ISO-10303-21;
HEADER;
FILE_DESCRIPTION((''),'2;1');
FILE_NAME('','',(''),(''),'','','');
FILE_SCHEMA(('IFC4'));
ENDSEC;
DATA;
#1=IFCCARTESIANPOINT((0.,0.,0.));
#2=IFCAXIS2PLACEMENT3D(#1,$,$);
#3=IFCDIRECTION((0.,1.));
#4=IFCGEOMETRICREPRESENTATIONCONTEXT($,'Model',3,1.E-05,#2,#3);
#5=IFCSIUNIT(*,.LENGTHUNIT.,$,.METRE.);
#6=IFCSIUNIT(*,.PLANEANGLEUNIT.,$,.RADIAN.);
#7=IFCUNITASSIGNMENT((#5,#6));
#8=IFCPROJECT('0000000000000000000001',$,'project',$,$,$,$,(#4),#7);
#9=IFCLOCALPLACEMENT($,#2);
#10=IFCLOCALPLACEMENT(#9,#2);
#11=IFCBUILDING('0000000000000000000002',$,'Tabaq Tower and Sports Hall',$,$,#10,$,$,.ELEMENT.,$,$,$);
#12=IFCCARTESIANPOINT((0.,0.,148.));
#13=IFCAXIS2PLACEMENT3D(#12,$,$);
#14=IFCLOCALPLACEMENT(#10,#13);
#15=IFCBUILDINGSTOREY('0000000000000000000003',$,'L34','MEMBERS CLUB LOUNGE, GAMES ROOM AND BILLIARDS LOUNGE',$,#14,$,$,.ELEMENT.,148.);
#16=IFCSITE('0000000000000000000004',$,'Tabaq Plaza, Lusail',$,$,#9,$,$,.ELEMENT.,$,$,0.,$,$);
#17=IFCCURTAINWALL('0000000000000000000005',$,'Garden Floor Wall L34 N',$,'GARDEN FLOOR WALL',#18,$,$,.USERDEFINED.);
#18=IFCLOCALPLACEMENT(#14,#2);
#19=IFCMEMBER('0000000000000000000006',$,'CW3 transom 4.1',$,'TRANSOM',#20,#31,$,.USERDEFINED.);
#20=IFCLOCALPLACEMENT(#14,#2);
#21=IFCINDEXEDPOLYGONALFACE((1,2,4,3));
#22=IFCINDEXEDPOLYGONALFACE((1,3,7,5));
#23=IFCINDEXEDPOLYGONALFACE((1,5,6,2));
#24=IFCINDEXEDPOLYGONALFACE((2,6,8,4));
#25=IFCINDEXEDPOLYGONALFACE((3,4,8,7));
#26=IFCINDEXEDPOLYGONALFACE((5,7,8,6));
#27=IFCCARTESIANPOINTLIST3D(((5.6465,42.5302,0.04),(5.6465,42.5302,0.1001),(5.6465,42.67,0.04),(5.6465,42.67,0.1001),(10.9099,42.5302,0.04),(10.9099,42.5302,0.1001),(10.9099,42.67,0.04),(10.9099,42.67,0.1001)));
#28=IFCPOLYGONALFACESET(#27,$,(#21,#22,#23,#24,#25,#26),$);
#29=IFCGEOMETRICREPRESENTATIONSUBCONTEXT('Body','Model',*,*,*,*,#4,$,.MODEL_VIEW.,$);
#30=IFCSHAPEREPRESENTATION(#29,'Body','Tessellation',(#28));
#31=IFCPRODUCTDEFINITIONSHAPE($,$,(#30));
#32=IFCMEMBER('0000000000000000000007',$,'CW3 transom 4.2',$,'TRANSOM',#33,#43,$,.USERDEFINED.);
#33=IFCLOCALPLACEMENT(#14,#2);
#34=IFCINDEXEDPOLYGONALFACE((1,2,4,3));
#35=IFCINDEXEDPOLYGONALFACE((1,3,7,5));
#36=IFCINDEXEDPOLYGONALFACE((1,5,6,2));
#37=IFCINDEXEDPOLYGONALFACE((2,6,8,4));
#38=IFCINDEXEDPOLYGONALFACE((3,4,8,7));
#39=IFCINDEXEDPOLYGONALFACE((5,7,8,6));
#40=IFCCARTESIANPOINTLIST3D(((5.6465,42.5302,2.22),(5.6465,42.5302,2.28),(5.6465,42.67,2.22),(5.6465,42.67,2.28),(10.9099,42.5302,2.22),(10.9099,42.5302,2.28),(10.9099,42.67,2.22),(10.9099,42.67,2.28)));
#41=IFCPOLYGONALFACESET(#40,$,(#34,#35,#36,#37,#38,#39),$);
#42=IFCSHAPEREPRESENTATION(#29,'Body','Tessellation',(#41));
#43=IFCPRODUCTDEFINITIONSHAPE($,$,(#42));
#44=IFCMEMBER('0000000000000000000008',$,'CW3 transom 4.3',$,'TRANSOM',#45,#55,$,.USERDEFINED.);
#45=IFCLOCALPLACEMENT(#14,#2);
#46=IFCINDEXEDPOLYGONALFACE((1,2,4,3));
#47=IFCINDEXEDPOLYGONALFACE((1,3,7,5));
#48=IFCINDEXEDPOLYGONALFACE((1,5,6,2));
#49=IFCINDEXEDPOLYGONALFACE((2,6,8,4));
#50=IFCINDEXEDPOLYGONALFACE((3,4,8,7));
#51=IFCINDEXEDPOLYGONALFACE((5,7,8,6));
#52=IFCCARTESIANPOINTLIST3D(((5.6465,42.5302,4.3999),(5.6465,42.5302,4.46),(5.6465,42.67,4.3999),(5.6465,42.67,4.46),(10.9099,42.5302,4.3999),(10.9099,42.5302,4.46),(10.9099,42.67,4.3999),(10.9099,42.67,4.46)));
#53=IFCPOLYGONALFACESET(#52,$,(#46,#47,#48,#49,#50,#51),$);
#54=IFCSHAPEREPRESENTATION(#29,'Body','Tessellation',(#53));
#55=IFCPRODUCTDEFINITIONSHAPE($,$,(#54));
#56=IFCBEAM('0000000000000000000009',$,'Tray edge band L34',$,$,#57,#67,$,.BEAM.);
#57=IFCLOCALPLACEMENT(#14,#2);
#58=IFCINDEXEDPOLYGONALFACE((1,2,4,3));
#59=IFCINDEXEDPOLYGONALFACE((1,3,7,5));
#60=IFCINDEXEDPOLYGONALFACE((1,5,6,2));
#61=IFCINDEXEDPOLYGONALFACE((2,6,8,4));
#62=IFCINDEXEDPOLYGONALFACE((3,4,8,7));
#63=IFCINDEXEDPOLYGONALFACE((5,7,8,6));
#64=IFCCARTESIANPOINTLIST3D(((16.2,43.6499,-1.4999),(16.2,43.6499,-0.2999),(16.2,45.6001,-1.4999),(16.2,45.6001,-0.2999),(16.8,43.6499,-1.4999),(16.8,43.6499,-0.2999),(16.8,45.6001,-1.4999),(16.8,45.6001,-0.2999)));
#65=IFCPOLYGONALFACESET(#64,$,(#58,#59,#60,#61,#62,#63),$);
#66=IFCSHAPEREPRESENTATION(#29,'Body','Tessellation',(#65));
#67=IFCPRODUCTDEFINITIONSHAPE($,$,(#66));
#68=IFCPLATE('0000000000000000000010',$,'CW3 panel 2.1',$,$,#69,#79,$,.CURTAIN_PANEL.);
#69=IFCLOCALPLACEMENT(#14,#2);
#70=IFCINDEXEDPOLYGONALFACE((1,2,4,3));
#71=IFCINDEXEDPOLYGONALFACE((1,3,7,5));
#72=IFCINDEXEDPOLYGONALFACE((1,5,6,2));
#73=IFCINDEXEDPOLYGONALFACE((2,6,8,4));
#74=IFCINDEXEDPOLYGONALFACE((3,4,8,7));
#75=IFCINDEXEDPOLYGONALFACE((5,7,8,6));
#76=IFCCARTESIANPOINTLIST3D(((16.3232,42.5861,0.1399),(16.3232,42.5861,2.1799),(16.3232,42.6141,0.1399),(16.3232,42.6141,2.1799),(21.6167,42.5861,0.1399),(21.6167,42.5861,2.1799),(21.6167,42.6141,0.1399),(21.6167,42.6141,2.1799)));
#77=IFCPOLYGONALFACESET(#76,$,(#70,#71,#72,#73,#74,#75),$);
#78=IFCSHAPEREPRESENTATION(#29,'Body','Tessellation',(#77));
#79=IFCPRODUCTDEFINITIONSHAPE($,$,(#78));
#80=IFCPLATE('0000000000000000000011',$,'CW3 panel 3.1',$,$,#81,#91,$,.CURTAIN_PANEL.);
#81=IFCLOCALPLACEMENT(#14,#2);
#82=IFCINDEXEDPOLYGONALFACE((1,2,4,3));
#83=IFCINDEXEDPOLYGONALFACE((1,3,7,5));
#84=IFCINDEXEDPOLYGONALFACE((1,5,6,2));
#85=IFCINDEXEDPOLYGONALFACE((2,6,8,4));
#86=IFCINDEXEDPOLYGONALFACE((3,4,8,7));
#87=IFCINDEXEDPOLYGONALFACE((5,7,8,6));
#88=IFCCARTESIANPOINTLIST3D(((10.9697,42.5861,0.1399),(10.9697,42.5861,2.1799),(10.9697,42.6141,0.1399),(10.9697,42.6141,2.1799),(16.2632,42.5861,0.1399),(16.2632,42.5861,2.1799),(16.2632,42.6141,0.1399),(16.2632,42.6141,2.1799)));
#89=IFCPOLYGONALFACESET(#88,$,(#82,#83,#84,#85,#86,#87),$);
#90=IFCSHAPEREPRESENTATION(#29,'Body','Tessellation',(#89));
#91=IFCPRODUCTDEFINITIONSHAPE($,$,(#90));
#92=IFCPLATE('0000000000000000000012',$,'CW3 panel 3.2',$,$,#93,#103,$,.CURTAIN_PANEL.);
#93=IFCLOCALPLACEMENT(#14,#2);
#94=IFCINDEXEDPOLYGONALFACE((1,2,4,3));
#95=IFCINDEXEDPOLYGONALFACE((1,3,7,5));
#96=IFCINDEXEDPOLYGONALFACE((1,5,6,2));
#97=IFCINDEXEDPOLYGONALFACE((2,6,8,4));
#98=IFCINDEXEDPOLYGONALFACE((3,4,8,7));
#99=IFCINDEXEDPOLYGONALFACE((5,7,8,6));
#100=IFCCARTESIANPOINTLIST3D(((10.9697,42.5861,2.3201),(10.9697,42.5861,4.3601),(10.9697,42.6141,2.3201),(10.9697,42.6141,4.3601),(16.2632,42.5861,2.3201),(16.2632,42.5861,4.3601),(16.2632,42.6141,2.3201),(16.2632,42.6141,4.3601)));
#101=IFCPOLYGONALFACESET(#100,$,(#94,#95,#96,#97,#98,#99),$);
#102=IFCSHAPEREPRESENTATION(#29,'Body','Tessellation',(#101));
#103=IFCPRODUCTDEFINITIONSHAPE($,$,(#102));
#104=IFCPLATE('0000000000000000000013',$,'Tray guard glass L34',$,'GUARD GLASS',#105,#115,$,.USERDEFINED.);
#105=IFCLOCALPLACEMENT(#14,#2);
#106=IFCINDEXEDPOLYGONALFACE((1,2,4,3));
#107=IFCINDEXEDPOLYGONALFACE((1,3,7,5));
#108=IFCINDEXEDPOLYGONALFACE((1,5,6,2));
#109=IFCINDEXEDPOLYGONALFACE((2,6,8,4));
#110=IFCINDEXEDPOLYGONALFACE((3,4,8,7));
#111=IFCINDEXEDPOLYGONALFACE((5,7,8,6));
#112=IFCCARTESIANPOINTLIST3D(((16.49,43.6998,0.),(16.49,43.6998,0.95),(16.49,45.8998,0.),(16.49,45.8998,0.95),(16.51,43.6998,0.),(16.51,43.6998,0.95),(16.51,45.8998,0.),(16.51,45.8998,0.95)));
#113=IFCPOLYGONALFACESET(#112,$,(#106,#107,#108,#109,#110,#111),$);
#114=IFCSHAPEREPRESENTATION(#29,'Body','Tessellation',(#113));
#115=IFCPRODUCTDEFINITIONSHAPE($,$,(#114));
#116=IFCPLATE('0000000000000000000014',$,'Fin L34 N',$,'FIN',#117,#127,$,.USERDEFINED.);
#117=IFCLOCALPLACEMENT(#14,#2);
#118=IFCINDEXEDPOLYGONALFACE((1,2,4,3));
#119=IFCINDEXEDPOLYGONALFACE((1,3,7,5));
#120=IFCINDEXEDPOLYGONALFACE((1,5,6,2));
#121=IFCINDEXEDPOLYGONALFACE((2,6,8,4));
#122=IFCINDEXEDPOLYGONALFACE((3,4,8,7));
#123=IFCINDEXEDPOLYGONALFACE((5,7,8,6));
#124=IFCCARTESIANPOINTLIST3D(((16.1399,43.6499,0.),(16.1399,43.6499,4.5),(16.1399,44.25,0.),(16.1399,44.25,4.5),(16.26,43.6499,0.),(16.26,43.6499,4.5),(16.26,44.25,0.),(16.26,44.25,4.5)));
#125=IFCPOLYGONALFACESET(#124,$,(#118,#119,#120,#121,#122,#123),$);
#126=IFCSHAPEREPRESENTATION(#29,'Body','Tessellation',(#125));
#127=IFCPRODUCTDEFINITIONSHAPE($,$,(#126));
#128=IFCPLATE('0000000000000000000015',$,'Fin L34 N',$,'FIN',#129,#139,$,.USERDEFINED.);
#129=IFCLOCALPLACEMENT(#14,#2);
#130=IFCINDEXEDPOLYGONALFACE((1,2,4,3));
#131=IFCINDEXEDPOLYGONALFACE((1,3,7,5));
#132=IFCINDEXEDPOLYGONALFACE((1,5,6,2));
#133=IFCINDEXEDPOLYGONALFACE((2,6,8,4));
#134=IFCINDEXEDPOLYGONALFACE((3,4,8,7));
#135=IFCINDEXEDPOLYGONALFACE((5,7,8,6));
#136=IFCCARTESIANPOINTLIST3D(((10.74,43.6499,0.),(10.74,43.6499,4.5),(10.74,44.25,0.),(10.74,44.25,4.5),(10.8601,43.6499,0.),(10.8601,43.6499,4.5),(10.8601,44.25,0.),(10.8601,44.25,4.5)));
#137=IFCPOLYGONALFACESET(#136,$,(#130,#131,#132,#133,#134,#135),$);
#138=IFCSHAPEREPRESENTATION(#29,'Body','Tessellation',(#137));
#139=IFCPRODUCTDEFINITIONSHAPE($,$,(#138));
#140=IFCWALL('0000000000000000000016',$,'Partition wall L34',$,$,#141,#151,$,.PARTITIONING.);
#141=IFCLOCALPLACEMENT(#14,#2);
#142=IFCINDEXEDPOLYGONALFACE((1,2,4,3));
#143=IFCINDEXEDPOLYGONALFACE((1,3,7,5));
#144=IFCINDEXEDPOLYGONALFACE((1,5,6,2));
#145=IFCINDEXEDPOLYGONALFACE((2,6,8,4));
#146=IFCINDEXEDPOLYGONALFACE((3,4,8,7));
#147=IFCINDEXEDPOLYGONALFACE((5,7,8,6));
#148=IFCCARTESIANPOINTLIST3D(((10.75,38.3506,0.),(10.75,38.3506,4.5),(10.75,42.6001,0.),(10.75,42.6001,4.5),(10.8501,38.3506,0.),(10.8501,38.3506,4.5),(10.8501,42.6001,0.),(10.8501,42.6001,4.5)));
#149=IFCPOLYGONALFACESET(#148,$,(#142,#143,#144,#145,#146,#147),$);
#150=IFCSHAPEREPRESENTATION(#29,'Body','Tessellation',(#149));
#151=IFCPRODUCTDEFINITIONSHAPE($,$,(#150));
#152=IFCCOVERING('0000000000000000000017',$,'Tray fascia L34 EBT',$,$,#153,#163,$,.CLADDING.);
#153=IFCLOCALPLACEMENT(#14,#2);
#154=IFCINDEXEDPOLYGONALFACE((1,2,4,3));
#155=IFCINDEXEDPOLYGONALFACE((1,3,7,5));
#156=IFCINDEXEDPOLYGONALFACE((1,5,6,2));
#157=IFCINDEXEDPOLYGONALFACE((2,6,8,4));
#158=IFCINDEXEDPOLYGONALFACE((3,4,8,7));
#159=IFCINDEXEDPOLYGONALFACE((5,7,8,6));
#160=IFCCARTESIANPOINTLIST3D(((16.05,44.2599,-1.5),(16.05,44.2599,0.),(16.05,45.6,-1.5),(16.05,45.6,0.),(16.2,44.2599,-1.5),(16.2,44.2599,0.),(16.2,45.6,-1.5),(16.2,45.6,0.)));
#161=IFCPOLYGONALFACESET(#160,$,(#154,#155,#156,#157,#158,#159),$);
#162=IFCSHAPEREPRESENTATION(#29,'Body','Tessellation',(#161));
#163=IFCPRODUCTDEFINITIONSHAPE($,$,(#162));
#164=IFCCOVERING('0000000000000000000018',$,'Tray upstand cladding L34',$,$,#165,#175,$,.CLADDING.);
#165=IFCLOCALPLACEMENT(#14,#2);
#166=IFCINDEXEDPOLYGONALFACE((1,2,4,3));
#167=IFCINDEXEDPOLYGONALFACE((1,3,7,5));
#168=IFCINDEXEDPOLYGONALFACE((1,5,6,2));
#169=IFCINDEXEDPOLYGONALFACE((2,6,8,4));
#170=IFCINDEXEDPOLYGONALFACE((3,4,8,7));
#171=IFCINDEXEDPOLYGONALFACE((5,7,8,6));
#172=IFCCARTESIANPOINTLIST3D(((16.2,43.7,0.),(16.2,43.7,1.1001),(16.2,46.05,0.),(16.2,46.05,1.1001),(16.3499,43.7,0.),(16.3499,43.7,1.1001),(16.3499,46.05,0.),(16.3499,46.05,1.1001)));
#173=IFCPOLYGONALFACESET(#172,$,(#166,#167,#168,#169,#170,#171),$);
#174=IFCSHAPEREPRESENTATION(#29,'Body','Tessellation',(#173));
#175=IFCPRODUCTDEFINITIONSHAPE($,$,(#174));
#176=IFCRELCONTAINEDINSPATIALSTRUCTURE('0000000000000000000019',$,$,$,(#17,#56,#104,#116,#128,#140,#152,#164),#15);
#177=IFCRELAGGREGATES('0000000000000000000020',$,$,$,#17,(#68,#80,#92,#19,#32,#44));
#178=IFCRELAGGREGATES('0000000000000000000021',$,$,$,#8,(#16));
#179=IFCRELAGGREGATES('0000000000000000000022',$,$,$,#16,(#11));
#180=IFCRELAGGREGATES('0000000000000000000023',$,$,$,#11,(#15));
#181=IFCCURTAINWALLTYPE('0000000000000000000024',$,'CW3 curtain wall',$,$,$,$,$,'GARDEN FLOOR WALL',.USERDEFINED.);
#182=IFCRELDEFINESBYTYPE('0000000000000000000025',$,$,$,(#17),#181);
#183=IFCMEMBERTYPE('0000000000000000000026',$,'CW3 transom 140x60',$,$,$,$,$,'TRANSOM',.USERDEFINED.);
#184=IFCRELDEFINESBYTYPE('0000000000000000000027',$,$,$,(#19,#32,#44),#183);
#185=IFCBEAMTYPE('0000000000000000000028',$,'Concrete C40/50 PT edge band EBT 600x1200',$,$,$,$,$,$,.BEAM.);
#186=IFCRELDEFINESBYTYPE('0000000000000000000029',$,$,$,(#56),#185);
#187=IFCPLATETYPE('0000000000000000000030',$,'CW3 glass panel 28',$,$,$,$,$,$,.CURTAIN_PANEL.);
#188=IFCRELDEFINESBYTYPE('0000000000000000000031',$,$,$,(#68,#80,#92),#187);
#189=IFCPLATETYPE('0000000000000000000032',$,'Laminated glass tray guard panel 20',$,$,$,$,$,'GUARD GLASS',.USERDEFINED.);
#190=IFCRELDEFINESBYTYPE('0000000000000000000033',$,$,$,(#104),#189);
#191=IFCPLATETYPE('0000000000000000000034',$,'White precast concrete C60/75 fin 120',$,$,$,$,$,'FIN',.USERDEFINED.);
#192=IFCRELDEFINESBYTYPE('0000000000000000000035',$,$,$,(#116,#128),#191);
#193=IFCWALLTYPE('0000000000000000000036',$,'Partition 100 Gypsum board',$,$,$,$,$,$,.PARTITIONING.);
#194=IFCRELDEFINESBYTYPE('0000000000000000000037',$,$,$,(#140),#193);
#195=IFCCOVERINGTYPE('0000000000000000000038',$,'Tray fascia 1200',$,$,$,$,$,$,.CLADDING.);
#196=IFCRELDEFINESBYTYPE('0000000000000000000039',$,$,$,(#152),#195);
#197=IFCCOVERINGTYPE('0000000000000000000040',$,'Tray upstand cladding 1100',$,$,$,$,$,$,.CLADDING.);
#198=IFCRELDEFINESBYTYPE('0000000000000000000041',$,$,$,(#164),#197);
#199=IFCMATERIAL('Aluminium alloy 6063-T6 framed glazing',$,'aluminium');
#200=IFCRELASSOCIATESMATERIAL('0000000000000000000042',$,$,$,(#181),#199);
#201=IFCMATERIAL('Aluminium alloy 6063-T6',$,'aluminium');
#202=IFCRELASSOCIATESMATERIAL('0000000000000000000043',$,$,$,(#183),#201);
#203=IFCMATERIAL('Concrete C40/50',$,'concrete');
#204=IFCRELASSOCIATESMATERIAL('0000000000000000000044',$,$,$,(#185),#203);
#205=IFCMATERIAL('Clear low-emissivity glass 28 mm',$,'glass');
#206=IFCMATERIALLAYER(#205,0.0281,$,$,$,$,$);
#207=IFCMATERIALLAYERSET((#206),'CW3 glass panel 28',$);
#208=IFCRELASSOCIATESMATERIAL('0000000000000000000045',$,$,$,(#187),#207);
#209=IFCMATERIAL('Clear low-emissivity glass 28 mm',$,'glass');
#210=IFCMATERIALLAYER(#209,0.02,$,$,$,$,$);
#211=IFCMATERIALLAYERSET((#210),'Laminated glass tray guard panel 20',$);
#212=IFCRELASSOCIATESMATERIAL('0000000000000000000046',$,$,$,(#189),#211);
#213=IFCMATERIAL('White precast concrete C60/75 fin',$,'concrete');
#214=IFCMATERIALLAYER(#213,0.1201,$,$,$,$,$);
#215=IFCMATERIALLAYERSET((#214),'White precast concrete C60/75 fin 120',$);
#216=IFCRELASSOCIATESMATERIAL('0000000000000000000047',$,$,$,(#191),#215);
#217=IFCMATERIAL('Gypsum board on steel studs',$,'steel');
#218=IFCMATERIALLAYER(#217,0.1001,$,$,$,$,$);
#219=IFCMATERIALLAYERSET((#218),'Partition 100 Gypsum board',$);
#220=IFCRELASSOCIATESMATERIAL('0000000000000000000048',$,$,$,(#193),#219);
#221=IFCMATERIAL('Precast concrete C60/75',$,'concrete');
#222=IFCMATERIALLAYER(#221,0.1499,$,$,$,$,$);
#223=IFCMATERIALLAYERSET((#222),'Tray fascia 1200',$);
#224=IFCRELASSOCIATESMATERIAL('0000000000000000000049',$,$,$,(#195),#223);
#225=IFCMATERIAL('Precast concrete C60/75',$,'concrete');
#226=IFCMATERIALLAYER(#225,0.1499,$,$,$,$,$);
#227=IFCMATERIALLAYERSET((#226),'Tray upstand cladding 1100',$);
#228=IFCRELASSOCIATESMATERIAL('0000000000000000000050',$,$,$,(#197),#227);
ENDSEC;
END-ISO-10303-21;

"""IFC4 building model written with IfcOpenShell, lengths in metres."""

from ifc_helpers import new_model, si_unit, direction, frame, frame_2d, origin, origin_2d, place, context, subcontext, project, spatial, rectangle, extrude, material, layer, layer_set, material_profile, profile_set, type_object, element, aggregate, save


model = new_model("IFC4")

# Units and contexts
model_context = context("Model", 3, precision=1e-05, world=origin(), true_north=direction((0.0, 1.0)))
body_context = subcontext(model_context, "Body", "Model", "MODEL_VIEW")
ifc_project = project(units=[si_unit("LENGTHUNIT", "METRE"), si_unit("PLANEANGLEUNIT", "RADIAN")], contexts=[model_context])

# Site, building, storey
site_placement = place(None, origin())
site = spatial("IfcSite", under=ifc_project, at=site_placement, Name="Tabaq Plaza, Lusail", CompositionType="ELEMENT", RefElevation=0.0)
building_placement = place(site_placement, origin())
building = spatial("IfcBuilding", under=site, at=building_placement, Name="Tabaq Tower and Sports Hall", CompositionType="ELEMENT")
storey_placement = place(building_placement, frame((0.0, 0.0, 148.0)))
storey = spatial("IfcBuildingStorey", under=building, at=storey_placement, Name="L34", Description="MEMBERS CLUB LOUNGE, GAMES ROOM AND BILLIARDS LOUNGE", CompositionType="ELEMENT", Elevation=148.0)

# Curtain wall, members
ifc_material_1 = material(Name="Aluminium alloy 6063-T6 framed glazing", Category="aluminium")
curtain_wall_type_1 = type_object("IfcCurtainWallType", Name="CW3 curtain wall", ElementType="GARDEN FLOOR WALL", PredefinedType="USERDEFINED", material=ifc_material_1)
curtain_wall_1_placement = place(storey_placement, origin())
curtain_wall_1 = element("IfcCurtainWall", 1, at=curtain_wall_1_placement, inside=storey, type_object=curtain_wall_type_1, Name="Garden Floor Wall L34 N", ObjectType="GARDEN FLOOR WALL", PredefinedType="USERDEFINED")
ifc_material_2 = material(Name="Aluminium alloy 6063-T6", Category="aluminium")
ifc_material_profile_1 = material_profile(ifc_material_2, rectangle(XDim=0.1399, YDim=0.0601, at=origin_2d()), Name="TRANSOM 140x60")
ifc_profile_set_1 = profile_set([ifc_material_profile_1], Name="Aluminium alloy 6063-T6")
member_type_1 = type_object("IfcMemberType", Name="CW3 transom 140x60", ElementType="TRANSOM", PredefinedType="USERDEFINED", material=ifc_profile_set_1)
member_1_placement = place(storey_placement, frame((10.9099, 42.6001, 0.0701), z_axis=(-1.0, 0.0, 0.0), x_axis=(0.0, -1.0, 0.0)))
member_1 = element("IfcMember", 2, at=member_1_placement, type_object=member_type_1, Name="CW3 transom 4.1", ObjectType="TRANSOM", PredefinedType="USERDEFINED", context=body_context, shape_type="SweptSolid", body=[
    extrude(rectangle(XDim=0.1399, YDim=0.0601, at=origin_2d()), origin(), (0.0, 0.0, 1.0), 5.2634),
])
member_2_placement = place(storey_placement, frame((10.9099, 42.6001, 2.25), z_axis=(-1.0, 0.0, 0.0), x_axis=(0.0, -1.0, 0.0)))
member_2 = element("IfcMember", 3, at=member_2_placement, type_object=member_type_1, Name="CW3 transom 4.2", ObjectType="TRANSOM", PredefinedType="USERDEFINED", context=body_context, shape_type="SweptSolid", body=[
    extrude(rectangle(XDim=0.1399, YDim=0.0601, at=origin_2d()), origin(), (0.0, 0.0, 1.0), 5.2634),
])
member_3_placement = place(storey_placement, frame((10.9099, 42.6001, 4.4299), z_axis=(-1.0, 0.0, 0.0), x_axis=(0.0, -1.0, 0.0)))
member_3 = element("IfcMember", 4, at=member_3_placement, type_object=member_type_1, Name="CW3 transom 4.3", ObjectType="TRANSOM", PredefinedType="USERDEFINED", context=body_context, shape_type="SweptSolid", body=[
    extrude(rectangle(XDim=0.1399, YDim=0.0601, at=origin_2d()), origin(), (0.0, 0.0, 1.0), 5.2634),
])

# Beam
ifc_material_3 = material(Name="Concrete C40/50", Category="concrete")
ifc_material_profile_2 = material_profile(ifc_material_3, rectangle(XDim=0.6001, YDim=1.2, at=origin_2d()), Name="EBT 600x1200")
ifc_profile_set_2 = profile_set([ifc_material_profile_2], Name="Concrete C40/50")
beam_type = type_object("IfcBeamType", Name="Concrete C40/50 PT edge band EBT 600x1200", PredefinedType="BEAM", material=ifc_profile_set_2)
beam_placement = place(storey_placement, frame((16.5, 43.6499, -0.8999), z_axis=(0.0, 1.0, 0.0), x_axis=(-1.0, 0.0, 0.0)))
element("IfcBeam", 5, at=beam_placement, inside=storey, type_object=beam_type, Name="Tray edge band L34", PredefinedType="BEAM", context=body_context, shape_type="SweptSolid", body=[
    extrude(rectangle(XDim=0.6001, YDim=1.2, at=origin_2d()), origin(), (0.0, 0.0, 1.0), 1.9502),
])

# Plates
ifc_material_4 = material(Name="Clear low-emissivity glass 28 mm", Category="glass")
ifc_layer_1 = layer(ifc_material_4, 0.0281)
ifc_layer_set_1 = layer_set([ifc_layer_1], Name="CW3 glass panel 28")
plate_type_1 = type_object("IfcPlateType", Name="CW3 glass panel 28", PredefinedType="CURTAIN_PANEL", material=ifc_layer_set_1)
plate_1_placement = place(storey_placement, frame((18.97, 42.6001, 0.1399), z_axis=(0.0, 0.0, 1.0), x_axis=(-1.0, 0.0, 0.0)))
plate_1 = element("IfcPlate", 6, at=plate_1_placement, type_object=plate_type_1, Name="CW3 panel 2.1", PredefinedType="CURTAIN_PANEL", context=body_context, shape_type="SweptSolid", body=[
    extrude(rectangle(XDim=5.2935, YDim=0.0281, at=origin_2d()), origin(), (0.0, 0.0, 1.0), 2.04),
])
plate_2_placement = place(storey_placement, frame((13.6165, 42.6001, 0.1399), z_axis=(0.0, 0.0, 1.0), x_axis=(-1.0, 0.0, 0.0)))
plate_2 = element("IfcPlate", 7, at=plate_2_placement, type_object=plate_type_1, Name="CW3 panel 3.1", PredefinedType="CURTAIN_PANEL", context=body_context, shape_type="SweptSolid", body=[
    extrude(rectangle(XDim=5.2935, YDim=0.0281, at=origin_2d()), origin(), (0.0, 0.0, 1.0), 2.04),
])
plate_3_placement = place(storey_placement, frame((13.6165, 42.6001, 2.3201), z_axis=(0.0, 0.0, 1.0), x_axis=(-1.0, 0.0, 0.0)))
plate_3 = element("IfcPlate", 8, at=plate_3_placement, type_object=plate_type_1, Name="CW3 panel 3.2", PredefinedType="CURTAIN_PANEL", context=body_context, shape_type="SweptSolid", body=[
    extrude(rectangle(XDim=5.2935, YDim=0.0281, at=origin_2d()), origin(), (0.0, 0.0, 1.0), 2.04),
])
aggregate(curtain_wall_1, [plate_1, plate_2, plate_3, member_1, member_2, member_3])

# Plates
ifc_material_5 = material(Name="Clear low-emissivity glass 28 mm", Category="glass")
ifc_layer_2 = layer(ifc_material_5, 0.02)
ifc_layer_set_2 = layer_set([ifc_layer_2], Name="Laminated glass tray guard panel 20")
plate_type_2 = type_object("IfcPlateType", Name="Laminated glass tray guard panel 20", ElementType="GUARD GLASS", PredefinedType="USERDEFINED", material=ifc_layer_set_2)
plate_4_placement = place(storey_placement, frame((16.5, 45.8999, 0.0), z_axis=(0.0, 0.0, 1.0), x_axis=(0.0, -1.0, 0.0)))
element("IfcPlate", 9, at=plate_4_placement, inside=storey, type_object=plate_type_2, Name="Tray guard glass L34", ObjectType="GUARD GLASS", PredefinedType="USERDEFINED", context=body_context, shape_type="SweptSolid", body=[
    extrude(rectangle(XDim=2.2, YDim=0.02, at=frame_2d((1.1001, 0.0))), origin(), (0.0, 0.0, 1.0), 0.95),
])
ifc_material_6 = material(Name="White precast concrete C60/75 fin", Category="concrete")
ifc_layer_3 = layer(ifc_material_6, 0.1201)
ifc_layer_set_3 = layer_set([ifc_layer_3], Name="White precast concrete C60/75 fin 120")
plate_type_3 = type_object("IfcPlateType", Name="White precast concrete C60/75 fin 120", ElementType="FIN", PredefinedType="USERDEFINED", material=ifc_layer_set_3)
for number, where, z_axis, x_axis, name in (
    (10, (16.2, 43.95, 0.0), (0.0, 0.0, 1.0), (-1.0, 0.0, 0.0), "Fin L34 N"),
    (11, (10.8, 43.95, 0.0), (0.0, 0.0, 1.0), (-1.0, 0.0, 0.0), "Fin L34 N"),
):
    element("IfcPlate", number, at=place(storey_placement, frame(where, z_axis=z_axis, x_axis=x_axis)), inside=storey, type_object=plate_type_3, Name=name, ObjectType="FIN", PredefinedType="USERDEFINED", context=body_context, shape_type="SweptSolid", body=[
        extrude(rectangle(XDim=0.1201, YDim=0.6001, at=origin_2d()), origin(), (0.0, 0.0, 1.0), 4.5),
    ])

# Wall
ifc_material_7 = material(Name="Gypsum board on steel studs", Category="steel")
ifc_layer_4 = layer(ifc_material_7, 0.1001)
ifc_layer_set_4 = layer_set([ifc_layer_4], Name="Partition 100 Gypsum board")
wall_type = type_object("IfcWallType", Name="Partition 100 Gypsum board", PredefinedType="PARTITIONING", material=ifc_layer_set_4)
wall_placement = place(storey_placement, frame((10.8, 38.3506, 0.0), z_axis=(0.0, 0.0, 1.0), x_axis=(0.0, 1.0, 0.0)))
element("IfcWall", 12, at=wall_placement, inside=storey, type_object=wall_type, Name="Partition wall L34", PredefinedType="PARTITIONING", context=body_context, shape_type="SweptSolid", body=[
    extrude(rectangle(XDim=4.2495, YDim=0.1001, at=frame_2d((2.1248, 0.0))), origin(), (0.0, 0.0, 1.0), 4.5),
])

# Coverings
ifc_material_8 = material(Name="Precast concrete C60/75", Category="concrete")
ifc_layer_5 = layer(ifc_material_8, 0.1499)
ifc_layer_set_5 = layer_set([ifc_layer_5], Name="Tray fascia 1200")
covering_type_1 = type_object("IfcCoveringType", Name="Tray fascia 1200", PredefinedType="CLADDING", material=ifc_layer_set_5)
covering_1_placement = place(storey_placement, frame((16.125, 44.26, -1.5), z_axis=(0.0, 0.0, 1.0), x_axis=(0.0, 1.0, 0.0)))
element("IfcCovering", 13, at=covering_1_placement, inside=storey, type_object=covering_type_1, Name="Tray fascia L34 EBT", PredefinedType="CLADDING", context=body_context, shape_type="SweptSolid", body=[
    extrude(rectangle(XDim=1.3401, YDim=0.1499, at=frame_2d((0.6699, 0.0))), origin(), (0.0, 0.0, 1.0), 1.5),
])
ifc_material_9 = material(Name="Precast concrete C60/75", Category="concrete")
ifc_layer_6 = layer(ifc_material_9, 0.1499)
ifc_layer_set_6 = layer_set([ifc_layer_6], Name="Tray upstand cladding 1100")
covering_type_2 = type_object("IfcCoveringType", Name="Tray upstand cladding 1100", PredefinedType="CLADDING", material=ifc_layer_set_6)
covering_2_placement = place(storey_placement, frame((16.2749, 43.7, 0.0), z_axis=(0.0, 0.0, 1.0), x_axis=(0.0, 1.0, 0.0)))
element("IfcCovering", 14, at=covering_2_placement, inside=storey, type_object=covering_type_2, Name="Tray upstand cladding L34", PredefinedType="CLADDING", context=body_context, shape_type="SweptSolid", body=[
    extrude(rectangle(XDim=2.3501, YDim=0.1499, at=frame_2d((1.175, 0.0))), origin(), (0.0, 0.0, 1.0), 1.1001),
])

save(model, "model.ifc")
